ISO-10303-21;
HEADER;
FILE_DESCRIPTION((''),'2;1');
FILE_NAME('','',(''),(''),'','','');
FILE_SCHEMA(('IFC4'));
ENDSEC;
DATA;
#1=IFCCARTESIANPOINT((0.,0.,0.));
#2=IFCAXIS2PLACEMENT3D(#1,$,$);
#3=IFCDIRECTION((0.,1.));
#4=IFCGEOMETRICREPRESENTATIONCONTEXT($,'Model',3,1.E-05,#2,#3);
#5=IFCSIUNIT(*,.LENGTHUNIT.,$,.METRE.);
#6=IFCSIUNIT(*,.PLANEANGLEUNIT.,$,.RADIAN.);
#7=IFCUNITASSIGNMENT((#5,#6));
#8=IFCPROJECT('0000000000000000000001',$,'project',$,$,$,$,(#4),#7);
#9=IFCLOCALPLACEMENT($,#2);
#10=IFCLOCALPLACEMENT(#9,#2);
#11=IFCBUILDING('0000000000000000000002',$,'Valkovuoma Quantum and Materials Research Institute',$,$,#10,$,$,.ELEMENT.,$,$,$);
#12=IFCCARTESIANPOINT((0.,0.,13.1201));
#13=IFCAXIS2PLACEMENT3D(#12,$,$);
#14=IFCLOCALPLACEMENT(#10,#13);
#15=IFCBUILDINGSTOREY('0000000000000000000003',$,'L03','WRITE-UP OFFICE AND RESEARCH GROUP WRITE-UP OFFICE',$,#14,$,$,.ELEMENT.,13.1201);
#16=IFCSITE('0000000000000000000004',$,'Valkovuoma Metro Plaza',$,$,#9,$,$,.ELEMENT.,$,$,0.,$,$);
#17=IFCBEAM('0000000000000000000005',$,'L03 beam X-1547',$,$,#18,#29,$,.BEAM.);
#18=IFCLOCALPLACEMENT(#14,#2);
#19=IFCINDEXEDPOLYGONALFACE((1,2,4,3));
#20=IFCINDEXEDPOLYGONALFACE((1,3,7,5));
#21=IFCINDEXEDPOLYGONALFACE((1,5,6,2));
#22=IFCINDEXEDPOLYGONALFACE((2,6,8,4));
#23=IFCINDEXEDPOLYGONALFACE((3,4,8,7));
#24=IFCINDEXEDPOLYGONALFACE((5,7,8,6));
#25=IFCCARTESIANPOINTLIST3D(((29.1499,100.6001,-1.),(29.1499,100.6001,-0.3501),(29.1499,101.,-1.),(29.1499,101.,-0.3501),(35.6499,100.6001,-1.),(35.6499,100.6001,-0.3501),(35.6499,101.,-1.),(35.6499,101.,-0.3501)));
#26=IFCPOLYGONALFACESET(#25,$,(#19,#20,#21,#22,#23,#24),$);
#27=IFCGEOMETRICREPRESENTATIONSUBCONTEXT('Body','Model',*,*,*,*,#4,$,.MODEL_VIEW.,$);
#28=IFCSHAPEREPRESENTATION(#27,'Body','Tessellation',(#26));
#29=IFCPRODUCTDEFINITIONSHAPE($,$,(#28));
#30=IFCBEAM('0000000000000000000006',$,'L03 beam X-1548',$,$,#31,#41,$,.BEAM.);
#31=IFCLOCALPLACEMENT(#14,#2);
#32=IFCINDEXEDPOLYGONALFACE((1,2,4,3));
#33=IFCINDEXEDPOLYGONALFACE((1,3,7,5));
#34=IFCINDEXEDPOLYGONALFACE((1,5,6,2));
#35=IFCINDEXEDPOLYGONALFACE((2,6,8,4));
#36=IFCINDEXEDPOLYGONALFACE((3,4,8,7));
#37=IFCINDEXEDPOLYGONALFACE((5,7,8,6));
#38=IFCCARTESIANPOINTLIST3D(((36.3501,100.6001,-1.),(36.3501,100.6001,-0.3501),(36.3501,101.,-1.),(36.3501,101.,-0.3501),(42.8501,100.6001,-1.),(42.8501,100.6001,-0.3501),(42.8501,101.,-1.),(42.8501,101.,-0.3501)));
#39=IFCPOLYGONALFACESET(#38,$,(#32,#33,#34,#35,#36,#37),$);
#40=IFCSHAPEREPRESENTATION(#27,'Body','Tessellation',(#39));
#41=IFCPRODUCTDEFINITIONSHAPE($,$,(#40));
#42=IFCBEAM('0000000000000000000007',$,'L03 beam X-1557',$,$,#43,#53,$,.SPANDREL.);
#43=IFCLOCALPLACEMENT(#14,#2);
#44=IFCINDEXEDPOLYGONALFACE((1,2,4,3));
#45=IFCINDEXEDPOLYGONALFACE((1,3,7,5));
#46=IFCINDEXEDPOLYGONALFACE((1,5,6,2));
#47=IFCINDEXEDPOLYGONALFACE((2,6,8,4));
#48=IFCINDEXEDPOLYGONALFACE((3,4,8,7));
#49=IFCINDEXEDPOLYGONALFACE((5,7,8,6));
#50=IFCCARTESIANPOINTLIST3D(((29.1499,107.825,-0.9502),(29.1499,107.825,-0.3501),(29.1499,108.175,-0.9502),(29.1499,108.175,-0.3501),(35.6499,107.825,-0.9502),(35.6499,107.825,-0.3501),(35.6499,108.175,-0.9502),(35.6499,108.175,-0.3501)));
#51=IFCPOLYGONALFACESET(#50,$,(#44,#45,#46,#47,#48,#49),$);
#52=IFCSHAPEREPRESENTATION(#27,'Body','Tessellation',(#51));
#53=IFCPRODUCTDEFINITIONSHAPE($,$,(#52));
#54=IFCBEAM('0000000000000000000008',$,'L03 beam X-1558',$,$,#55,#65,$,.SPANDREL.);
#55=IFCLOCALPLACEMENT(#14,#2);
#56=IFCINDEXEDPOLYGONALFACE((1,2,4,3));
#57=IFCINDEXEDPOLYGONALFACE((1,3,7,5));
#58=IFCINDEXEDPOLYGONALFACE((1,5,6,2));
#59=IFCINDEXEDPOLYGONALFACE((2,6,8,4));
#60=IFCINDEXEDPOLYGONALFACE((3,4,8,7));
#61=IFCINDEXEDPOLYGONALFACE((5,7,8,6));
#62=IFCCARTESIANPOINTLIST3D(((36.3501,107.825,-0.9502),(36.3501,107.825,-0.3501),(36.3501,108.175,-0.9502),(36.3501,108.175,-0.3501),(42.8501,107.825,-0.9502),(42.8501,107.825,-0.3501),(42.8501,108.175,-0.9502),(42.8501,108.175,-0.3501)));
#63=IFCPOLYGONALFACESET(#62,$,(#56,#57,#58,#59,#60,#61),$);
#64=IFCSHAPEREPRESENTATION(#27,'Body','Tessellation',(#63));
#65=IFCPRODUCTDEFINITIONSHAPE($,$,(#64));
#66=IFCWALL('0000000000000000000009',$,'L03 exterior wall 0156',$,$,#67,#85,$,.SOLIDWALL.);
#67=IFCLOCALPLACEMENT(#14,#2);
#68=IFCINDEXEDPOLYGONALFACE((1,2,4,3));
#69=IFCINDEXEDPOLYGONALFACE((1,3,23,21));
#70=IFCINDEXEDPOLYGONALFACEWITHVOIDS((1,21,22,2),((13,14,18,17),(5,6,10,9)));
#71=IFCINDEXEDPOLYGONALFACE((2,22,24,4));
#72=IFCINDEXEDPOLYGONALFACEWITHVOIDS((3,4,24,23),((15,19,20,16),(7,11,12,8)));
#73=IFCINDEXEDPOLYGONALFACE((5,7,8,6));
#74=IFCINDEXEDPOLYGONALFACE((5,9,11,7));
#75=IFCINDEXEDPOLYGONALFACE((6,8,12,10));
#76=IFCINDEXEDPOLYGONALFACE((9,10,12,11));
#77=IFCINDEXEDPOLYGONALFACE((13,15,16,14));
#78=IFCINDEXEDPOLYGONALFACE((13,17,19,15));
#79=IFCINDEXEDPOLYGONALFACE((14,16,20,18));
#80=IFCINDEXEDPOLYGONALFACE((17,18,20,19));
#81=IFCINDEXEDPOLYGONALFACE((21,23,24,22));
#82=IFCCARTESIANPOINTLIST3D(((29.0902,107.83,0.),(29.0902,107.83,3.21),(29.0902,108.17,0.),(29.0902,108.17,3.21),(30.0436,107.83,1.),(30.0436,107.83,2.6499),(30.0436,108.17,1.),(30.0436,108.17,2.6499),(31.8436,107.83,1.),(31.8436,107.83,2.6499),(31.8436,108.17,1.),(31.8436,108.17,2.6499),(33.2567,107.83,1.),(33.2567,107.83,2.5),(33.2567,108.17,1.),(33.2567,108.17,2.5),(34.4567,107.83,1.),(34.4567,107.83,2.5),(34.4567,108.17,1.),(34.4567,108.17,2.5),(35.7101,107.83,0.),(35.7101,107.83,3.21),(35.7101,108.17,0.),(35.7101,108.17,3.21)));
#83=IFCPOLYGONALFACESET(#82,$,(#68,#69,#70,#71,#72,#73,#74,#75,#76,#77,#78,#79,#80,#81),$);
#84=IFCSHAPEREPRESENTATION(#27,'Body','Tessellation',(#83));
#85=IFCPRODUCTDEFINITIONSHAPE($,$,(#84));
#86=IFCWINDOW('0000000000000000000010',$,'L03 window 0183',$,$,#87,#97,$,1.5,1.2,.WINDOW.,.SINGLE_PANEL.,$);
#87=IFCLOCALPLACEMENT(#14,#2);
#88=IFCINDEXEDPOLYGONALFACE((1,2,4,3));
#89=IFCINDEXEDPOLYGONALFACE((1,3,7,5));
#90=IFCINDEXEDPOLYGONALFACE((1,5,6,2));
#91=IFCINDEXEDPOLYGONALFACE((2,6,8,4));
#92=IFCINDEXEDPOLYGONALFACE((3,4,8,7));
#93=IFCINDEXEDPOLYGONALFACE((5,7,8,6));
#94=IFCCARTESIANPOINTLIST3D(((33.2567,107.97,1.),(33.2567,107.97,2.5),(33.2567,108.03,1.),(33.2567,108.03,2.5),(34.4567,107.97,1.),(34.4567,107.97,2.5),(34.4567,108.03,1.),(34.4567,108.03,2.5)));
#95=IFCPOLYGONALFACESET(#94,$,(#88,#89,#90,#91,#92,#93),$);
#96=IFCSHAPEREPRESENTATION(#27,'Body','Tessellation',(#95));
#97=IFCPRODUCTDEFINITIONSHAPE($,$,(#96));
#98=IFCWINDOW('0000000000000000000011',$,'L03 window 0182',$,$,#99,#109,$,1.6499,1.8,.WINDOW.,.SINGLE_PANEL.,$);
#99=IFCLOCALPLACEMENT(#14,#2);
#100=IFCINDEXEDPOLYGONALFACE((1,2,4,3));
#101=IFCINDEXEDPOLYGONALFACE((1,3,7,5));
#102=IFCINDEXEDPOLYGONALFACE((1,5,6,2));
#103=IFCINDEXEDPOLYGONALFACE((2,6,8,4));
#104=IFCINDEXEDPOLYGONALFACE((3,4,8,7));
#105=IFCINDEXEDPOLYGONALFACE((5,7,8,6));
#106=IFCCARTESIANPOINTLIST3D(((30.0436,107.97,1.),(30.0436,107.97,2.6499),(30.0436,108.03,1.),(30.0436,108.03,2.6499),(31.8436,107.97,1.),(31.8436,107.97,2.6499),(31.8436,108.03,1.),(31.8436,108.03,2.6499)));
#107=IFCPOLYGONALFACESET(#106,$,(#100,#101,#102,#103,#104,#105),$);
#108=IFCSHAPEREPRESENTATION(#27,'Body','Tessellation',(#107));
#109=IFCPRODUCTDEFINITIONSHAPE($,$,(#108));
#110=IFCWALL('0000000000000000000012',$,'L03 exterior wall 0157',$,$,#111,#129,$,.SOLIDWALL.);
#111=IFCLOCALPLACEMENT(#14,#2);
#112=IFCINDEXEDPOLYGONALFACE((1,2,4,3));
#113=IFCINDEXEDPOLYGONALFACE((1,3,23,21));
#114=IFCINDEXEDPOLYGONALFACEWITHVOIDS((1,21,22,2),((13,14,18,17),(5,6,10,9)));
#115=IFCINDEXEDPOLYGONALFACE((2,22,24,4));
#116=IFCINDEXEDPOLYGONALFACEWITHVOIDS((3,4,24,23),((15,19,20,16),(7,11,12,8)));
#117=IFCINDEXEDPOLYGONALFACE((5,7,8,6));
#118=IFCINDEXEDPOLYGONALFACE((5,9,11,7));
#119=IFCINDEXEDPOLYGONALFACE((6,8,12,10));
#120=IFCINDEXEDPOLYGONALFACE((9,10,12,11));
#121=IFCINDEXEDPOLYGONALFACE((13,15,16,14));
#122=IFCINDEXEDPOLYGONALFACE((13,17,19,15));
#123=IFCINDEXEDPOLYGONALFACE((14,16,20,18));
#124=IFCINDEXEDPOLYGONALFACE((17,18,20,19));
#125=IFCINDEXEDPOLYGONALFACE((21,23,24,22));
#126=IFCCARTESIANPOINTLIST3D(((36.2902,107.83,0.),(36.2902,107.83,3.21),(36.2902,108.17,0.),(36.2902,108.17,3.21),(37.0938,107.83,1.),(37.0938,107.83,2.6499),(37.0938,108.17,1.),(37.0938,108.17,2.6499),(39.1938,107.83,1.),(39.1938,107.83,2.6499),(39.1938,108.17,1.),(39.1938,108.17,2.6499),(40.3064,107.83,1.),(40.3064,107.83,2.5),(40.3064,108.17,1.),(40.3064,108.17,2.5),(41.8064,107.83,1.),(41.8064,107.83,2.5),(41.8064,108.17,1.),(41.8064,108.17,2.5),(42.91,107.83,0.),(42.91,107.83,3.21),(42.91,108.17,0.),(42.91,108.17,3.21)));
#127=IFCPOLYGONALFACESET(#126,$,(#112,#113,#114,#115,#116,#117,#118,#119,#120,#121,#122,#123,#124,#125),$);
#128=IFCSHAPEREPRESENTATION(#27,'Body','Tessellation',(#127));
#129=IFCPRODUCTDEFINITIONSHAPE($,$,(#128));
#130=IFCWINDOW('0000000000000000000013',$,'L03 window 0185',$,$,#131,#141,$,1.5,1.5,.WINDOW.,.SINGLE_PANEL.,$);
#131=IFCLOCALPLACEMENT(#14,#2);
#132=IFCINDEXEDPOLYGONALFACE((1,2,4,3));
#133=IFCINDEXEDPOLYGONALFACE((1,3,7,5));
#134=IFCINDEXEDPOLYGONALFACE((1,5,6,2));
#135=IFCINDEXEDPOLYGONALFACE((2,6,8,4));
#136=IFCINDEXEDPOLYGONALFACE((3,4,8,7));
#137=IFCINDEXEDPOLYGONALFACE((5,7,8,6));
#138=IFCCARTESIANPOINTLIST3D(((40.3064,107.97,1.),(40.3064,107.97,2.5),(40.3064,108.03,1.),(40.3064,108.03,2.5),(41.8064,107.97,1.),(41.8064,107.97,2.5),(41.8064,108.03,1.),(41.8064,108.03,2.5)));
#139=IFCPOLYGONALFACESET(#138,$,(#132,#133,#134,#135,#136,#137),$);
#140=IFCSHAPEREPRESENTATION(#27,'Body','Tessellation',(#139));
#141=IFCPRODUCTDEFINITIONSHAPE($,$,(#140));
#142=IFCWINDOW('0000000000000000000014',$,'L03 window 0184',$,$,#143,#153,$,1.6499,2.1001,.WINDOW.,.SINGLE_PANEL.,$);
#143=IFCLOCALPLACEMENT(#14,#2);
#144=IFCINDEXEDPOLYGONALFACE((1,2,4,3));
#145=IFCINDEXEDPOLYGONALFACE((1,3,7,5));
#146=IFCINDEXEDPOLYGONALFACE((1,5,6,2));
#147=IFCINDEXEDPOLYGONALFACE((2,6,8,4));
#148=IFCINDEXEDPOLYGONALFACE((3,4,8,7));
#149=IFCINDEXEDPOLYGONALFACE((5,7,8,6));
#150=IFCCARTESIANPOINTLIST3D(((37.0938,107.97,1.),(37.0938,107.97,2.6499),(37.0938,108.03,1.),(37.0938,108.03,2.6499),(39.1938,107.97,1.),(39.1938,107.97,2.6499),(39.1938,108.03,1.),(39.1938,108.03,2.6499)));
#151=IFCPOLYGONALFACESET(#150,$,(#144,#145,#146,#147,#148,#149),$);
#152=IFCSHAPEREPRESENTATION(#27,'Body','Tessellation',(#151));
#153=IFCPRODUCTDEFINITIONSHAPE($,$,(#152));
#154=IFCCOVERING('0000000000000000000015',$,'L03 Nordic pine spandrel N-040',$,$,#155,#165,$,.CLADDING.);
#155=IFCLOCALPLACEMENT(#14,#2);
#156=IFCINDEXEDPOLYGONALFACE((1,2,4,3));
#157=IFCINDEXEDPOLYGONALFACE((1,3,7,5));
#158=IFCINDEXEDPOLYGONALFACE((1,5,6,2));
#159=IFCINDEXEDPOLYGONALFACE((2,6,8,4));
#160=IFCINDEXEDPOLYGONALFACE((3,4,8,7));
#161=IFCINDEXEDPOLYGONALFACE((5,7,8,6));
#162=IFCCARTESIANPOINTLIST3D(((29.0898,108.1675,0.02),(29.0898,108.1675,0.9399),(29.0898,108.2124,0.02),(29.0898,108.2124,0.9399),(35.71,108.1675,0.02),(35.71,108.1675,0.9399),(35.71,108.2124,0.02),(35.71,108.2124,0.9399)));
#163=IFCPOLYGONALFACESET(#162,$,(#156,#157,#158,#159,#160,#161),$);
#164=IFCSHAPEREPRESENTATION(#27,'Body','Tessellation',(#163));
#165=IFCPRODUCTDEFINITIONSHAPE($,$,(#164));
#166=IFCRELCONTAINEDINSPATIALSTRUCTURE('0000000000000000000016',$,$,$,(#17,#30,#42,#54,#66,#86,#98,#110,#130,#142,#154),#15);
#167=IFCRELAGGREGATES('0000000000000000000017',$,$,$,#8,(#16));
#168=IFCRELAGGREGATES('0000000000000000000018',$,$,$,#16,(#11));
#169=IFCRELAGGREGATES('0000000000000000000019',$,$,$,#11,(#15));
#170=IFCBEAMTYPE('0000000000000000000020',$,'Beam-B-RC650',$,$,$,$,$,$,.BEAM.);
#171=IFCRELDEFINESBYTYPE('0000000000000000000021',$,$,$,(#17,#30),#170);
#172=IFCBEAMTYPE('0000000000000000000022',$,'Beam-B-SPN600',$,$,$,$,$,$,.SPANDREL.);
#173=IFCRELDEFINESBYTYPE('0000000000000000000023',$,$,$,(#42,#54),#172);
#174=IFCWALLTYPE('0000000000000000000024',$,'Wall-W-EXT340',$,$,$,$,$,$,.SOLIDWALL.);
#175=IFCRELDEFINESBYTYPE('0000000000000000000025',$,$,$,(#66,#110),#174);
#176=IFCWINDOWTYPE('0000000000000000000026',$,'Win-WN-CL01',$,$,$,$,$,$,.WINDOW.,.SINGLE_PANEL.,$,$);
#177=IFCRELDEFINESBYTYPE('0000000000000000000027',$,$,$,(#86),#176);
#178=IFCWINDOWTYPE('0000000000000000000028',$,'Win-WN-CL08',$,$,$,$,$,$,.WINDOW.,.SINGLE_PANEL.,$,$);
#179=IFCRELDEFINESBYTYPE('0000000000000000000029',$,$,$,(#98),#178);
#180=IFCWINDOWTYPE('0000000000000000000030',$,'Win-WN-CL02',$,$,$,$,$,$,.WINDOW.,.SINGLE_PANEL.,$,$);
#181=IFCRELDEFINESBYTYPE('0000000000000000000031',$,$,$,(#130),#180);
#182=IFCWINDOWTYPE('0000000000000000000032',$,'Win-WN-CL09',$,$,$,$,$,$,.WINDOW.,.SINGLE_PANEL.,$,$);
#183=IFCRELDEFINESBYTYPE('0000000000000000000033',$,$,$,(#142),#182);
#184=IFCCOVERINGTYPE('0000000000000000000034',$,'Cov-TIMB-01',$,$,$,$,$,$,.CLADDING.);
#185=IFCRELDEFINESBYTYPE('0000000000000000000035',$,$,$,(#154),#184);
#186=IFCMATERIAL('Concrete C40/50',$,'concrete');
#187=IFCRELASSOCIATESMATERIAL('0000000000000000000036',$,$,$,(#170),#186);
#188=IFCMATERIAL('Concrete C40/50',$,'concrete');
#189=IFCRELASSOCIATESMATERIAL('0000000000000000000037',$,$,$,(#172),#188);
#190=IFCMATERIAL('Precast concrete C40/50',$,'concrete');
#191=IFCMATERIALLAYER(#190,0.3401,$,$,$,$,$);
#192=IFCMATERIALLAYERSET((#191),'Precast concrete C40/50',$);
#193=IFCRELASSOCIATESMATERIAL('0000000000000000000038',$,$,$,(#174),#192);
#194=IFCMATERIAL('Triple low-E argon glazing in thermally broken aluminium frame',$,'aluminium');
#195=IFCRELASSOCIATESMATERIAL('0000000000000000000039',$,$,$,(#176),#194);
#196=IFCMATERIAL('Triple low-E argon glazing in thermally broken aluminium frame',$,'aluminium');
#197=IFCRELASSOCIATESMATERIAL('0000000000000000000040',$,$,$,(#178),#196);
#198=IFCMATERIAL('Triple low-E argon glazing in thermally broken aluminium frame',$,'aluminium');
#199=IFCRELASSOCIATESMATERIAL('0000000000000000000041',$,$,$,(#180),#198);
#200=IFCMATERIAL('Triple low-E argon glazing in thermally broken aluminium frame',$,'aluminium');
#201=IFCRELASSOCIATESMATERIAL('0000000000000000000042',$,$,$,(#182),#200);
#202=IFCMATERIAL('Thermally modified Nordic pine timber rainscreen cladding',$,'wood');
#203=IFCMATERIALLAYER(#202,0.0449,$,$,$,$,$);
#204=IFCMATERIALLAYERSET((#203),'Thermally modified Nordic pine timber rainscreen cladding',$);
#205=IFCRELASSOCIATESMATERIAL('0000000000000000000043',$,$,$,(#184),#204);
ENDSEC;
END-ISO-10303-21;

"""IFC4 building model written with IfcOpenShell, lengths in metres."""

from ifc_helpers import new_model, si_unit, direction, frame, frame_2d, origin, origin_2d, place, context, subcontext, project, spatial, rectangle, extrude, material, layer, layer_set, material_profile, profile_set, type_object, element, fill, save


model = new_model("IFC4")

# Units and contexts
model_context = context("Model", 3, precision=1e-05, world=origin(), true_north=direction((0.0, 1.0)))
body_context = subcontext(model_context, "Body", "Model", "MODEL_VIEW")
ifc_project = project(units=[si_unit("LENGTHUNIT", "METRE"), si_unit("PLANEANGLEUNIT", "RADIAN")], contexts=[model_context])

# Site, building, storey
site_placement = place(None, origin())
site = spatial("IfcSite", under=ifc_project, at=site_placement, Name="Valkovuoma Metro Plaza", CompositionType="ELEMENT", RefElevation=0.0)
building_placement = place(site_placement, origin())
building = spatial("IfcBuilding", under=site, at=building_placement, Name="Valkovuoma Quantum and Materials Research Institute", CompositionType="ELEMENT")
storey_placement = place(building_placement, frame((0.0, 0.0, 13.1201)))
storey = spatial("IfcBuildingStorey", under=building, at=storey_placement, Name="L03", Description="WRITE-UP OFFICE AND RESEARCH GROUP WRITE-UP OFFICE", CompositionType="ELEMENT", Elevation=13.1201)

# Beams
ifc_material_1 = material(Name="Concrete C40/50", Category="concrete")
ifc_material_profile_1 = material_profile(ifc_material_1, rectangle(XDim=0.3999, YDim=0.6499, at=origin_2d()), Name="Concrete C40/50")
ifc_profile_set_1 = profile_set([ifc_material_profile_1], Name="Concrete C40/50")
beam_type_1 = type_object("IfcBeamType", Name="Beam-B-RC650", PredefinedType="BEAM", material=ifc_profile_set_1)
for number, where, z_axis, x_axis, name in (
    (1, (29.1499, 100.8, -0.675), (1.0, 0.0, 0.0), (0.0, 1.0, 0.0), "L03 beam X-1547"),
    (2, (36.3501, 100.8, -0.675), (1.0, 0.0, 0.0), (0.0, 1.0, 0.0), "L03 beam X-1548"),
):
    element("IfcBeam", number, at=place(storey_placement, frame(where, z_axis=z_axis, x_axis=x_axis)), inside=storey, type_object=beam_type_1, Name=name, PredefinedType="BEAM", context=body_context, shape_type="SweptSolid", body=[
        extrude(rectangle(XDim=0.3999, YDim=0.6499, at=origin_2d()), origin(), (0.0, 0.0, 1.0), 6.5),
    ])
ifc_material_2 = material(Name="Concrete C40/50", Category="concrete")
ifc_material_profile_2 = material_profile(ifc_material_2, rectangle(XDim=0.3501, YDim=0.6001, at=origin_2d()), Name="Concrete C40/50")
ifc_profile_set_2 = profile_set([ifc_material_profile_2], Name="Concrete C40/50")
beam_type_2 = type_object("IfcBeamType", Name="Beam-B-SPN600", PredefinedType="SPANDREL", material=ifc_profile_set_2)
for number, where, z_axis, x_axis, name in (
    (3, (29.1499, 108.0, -0.6501), (1.0, 0.0, 0.0), (0.0, 1.0, 0.0), "L03 beam X-1557"),
    (4, (36.3501, 108.0, -0.6501), (1.0, 0.0, 0.0), (0.0, 1.0, 0.0), "L03 beam X-1558"),
):
    element("IfcBeam", number, at=place(storey_placement, frame(where, z_axis=z_axis, x_axis=x_axis)), inside=storey, type_object=beam_type_2, Name=name, PredefinedType="SPANDREL", context=body_context, shape_type="SweptSolid", body=[
        extrude(rectangle(XDim=0.3501, YDim=0.6001, at=origin_2d()), origin(), (0.0, 0.0, 1.0), 6.5),
    ])

# Walls, openings, windows
ifc_material_3 = material(Name="Precast concrete C40/50", Category="concrete")
ifc_layer_1 = layer(ifc_material_3, 0.3401)
ifc_layer_set_1 = layer_set([ifc_layer_1], Name="Precast concrete C40/50")
wall_type = type_object("IfcWallType", Name="Wall-W-EXT340", PredefinedType="SOLIDWALL", material=ifc_layer_set_1)
wall_1_placement = place(storey_placement, frame((29.0901, 108.0, 0.0), z_axis=(0.0, 0.0, 1.0), x_axis=(1.0, 0.0, 0.0)))
wall_1 = element("IfcWall", 5, at=wall_1_placement, inside=storey, type_object=wall_type, Name="L03 exterior wall 0156", PredefinedType="SOLIDWALL", context=body_context, shape_type="SweptSolid", body=[
    extrude(rectangle(XDim=6.6199, YDim=0.3401, at=frame_2d((3.3101, 0.0))), origin(), (0.0, 0.0, 1.0), 3.21),
])
opening_1_placement = place(wall_1_placement, frame((0.9536, 0.0, 1.0)))
opening_1 = element("IfcOpeningElement", 6, at=opening_1_placement, cuts=wall_1, PredefinedType="OPENING", context=body_context, shape_type="SweptSolid", body=[
    extrude(rectangle(XDim=1.8, YDim=1.6499, at=frame_2d((0.8999, 0.825))), frame((0.0, 0.1802, 0.0), z_axis=(0.0, -1.0, 0.0), x_axis=(1.0, 0.0, 0.0)), (0.0, 0.0, 1.0), 0.3601),
])
opening_2_placement = place(wall_1_placement, frame((4.1665, 0.0, 1.0)))
opening_2 = element("IfcOpeningElement", 7, at=opening_2_placement, cuts=wall_1, PredefinedType="OPENING", context=body_context, shape_type="SweptSolid", body=[
    extrude(rectangle(XDim=1.2, YDim=1.5, at=frame_2d((0.6001, 0.75))), frame((0.0, 0.1802, 0.0), z_axis=(0.0, -1.0, 0.0), x_axis=(1.0, 0.0, 0.0)), (0.0, 0.0, 1.0), 0.3601),
])
ifc_material_4 = material(Name="Triple low-E argon glazing in thermally broken aluminium frame", Category="aluminium")
window_type_1 = type_object("IfcWindowType", Name="Win-WN-CL01", PartitioningType="SINGLE_PANEL", PredefinedType="WINDOW", material=ifc_material_4)
window_1_placement = place(opening_2_placement, origin())
window_1 = element("IfcWindow", 8, at=window_1_placement, inside=storey, type_object=window_type_1, Name="L03 window 0183", OverallHeight=1.5, OverallWidth=1.2, PartitioningType="SINGLE_PANEL", PredefinedType="WINDOW", context=body_context, shape_type="SweptSolid", body=[
    extrude(rectangle(XDim=1.2, YDim=1.5, at=frame_2d((0.6001, 0.75))), frame((0.0, 0.03, 0.0), z_axis=(0.0, -1.0, 0.0), x_axis=(1.0, 0.0, 0.0)), (0.0, 0.0, 1.0), 0.0601),
])
fill(opening_2, window_1)
ifc_material_5 = material(Name="Triple low-E argon glazing in thermally broken aluminium frame", Category="aluminium")
window_type_2 = type_object("IfcWindowType", Name="Win-WN-CL08", PartitioningType="SINGLE_PANEL", PredefinedType="WINDOW", material=ifc_material_5)
window_2_placement = place(opening_1_placement, origin())
window_2 = element("IfcWindow", 9, at=window_2_placement, inside=storey, type_object=window_type_2, Name="L03 window 0182", OverallHeight=1.6499, OverallWidth=1.8, PartitioningType="SINGLE_PANEL", PredefinedType="WINDOW", context=body_context, shape_type="SweptSolid", body=[
    extrude(rectangle(XDim=1.8, YDim=1.6499, at=frame_2d((0.8999, 0.825))), frame((0.0, 0.03, 0.0), z_axis=(0.0, -1.0, 0.0), x_axis=(1.0, 0.0, 0.0)), (0.0, 0.0, 1.0), 0.0601),
])
fill(opening_1, window_2)
wall_2_placement = place(storey_placement, frame((36.29, 108.0, 0.0), z_axis=(0.0, 0.0, 1.0), x_axis=(1.0, 0.0, 0.0)))
wall_2 = element("IfcWall", 10, at=wall_2_placement, inside=storey, type_object=wall_type, Name="L03 exterior wall 0157", PredefinedType="SOLIDWALL", context=body_context, shape_type="SweptSolid", body=[
    extrude(rectangle(XDim=6.6199, YDim=0.3401, at=frame_2d((3.3101, 0.0))), origin(), (0.0, 0.0, 1.0), 3.21),
])
opening_3_placement = place(wall_2_placement, frame((0.8037, 0.0, 1.0)))
opening_3 = element("IfcOpeningElement", 11, at=opening_3_placement, cuts=wall_2, PredefinedType="OPENING", context=body_context, shape_type="SweptSolid", body=[
    extrude(rectangle(XDim=2.1001, YDim=1.6499, at=frame_2d((1.05, 0.825))), frame((0.0, 0.1802, 0.0), z_axis=(0.0, -1.0, 0.0), x_axis=(1.0, 0.0, 0.0)), (0.0, 0.0, 1.0), 0.3601),
])
opening_4_placement = place(wall_2_placement, frame((4.0164, 0.0, 1.0)))
opening_4 = element("IfcOpeningElement", 12, at=opening_4_placement, cuts=wall_2, PredefinedType="OPENING", context=body_context, shape_type="SweptSolid", body=[
    extrude(rectangle(XDim=1.5, YDim=1.5, at=frame_2d((0.75, 0.75))), frame((0.0, 0.1802, 0.0), z_axis=(0.0, -1.0, 0.0), x_axis=(1.0, 0.0, 0.0)), (0.0, 0.0, 1.0), 0.3601),
])
ifc_material_6 = material(Name="Triple low-E argon glazing in thermally broken aluminium frame", Category="aluminium")
window_type_3 = type_object("IfcWindowType", Name="Win-WN-CL02", PartitioningType="SINGLE_PANEL", PredefinedType="WINDOW", material=ifc_material_6)
window_3_placement = place(opening_4_placement, origin())
window_3 = element("IfcWindow", 13, at=window_3_placement, inside=storey, type_object=window_type_3, Name="L03 window 0185", OverallHeight=1.5, OverallWidth=1.5, PartitioningType="SINGLE_PANEL", PredefinedType="WINDOW", context=body_context, shape_type="SweptSolid", body=[
    extrude(rectangle(XDim=1.5, YDim=1.5, at=frame_2d((0.75, 0.75))), frame((0.0, 0.03, 0.0), z_axis=(0.0, -1.0, 0.0), x_axis=(1.0, 0.0, 0.0)), (0.0, 0.0, 1.0), 0.0601),
])
fill(opening_4, window_3)
ifc_material_7 = material(Name="Triple low-E argon glazing in thermally broken aluminium frame", Category="aluminium")
window_type_4 = type_object("IfcWindowType", Name="Win-WN-CL09", PartitioningType="SINGLE_PANEL", PredefinedType="WINDOW", material=ifc_material_7)
window_4_placement = place(opening_3_placement, origin())
window_4 = element("IfcWindow", 14, at=window_4_placement, inside=storey, type_object=window_type_4, Name="L03 window 0184", OverallHeight=1.6499, OverallWidth=2.1001, PartitioningType="SINGLE_PANEL", PredefinedType="WINDOW", context=body_context, shape_type="SweptSolid", body=[
    extrude(rectangle(XDim=2.1001, YDim=1.6499, at=frame_2d((1.05, 0.825))), frame((0.0, 0.03, 0.0), z_axis=(0.0, -1.0, 0.0), x_axis=(1.0, 0.0, 0.0)), (0.0, 0.0, 1.0), 0.0601),
])
fill(opening_3, window_4)

# Covering
ifc_material_8 = material(Name="Thermally modified Nordic pine timber rainscreen cladding", Category="wood")
ifc_layer_2 = layer(ifc_material_8, 0.0449)
ifc_layer_set_2 = layer_set([ifc_layer_2], Name="Thermally modified Nordic pine timber rainscreen cladding")
covering_type = type_object("IfcCoveringType", Name="Cov-TIMB-01", PredefinedType="CLADDING", material=ifc_layer_set_2)
covering_placement = place(storey_placement, frame((32.3999, 108.1899, 0.02), z_axis=(0.0, 0.0, 1.0), x_axis=(1.0, 0.0, 0.0)))
element("IfcCovering", 15, at=covering_placement, inside=storey, type_object=covering_type, Name="L03 Nordic pine spandrel N-040", PredefinedType="CLADDING", context=body_context, shape_type="SweptSolid", body=[
    extrude(rectangle(XDim=6.6201, YDim=0.0449, at=origin_2d()), origin(), (0.0, 0.0, 1.0), 0.9199),
])

save(model, "model.ifc")
